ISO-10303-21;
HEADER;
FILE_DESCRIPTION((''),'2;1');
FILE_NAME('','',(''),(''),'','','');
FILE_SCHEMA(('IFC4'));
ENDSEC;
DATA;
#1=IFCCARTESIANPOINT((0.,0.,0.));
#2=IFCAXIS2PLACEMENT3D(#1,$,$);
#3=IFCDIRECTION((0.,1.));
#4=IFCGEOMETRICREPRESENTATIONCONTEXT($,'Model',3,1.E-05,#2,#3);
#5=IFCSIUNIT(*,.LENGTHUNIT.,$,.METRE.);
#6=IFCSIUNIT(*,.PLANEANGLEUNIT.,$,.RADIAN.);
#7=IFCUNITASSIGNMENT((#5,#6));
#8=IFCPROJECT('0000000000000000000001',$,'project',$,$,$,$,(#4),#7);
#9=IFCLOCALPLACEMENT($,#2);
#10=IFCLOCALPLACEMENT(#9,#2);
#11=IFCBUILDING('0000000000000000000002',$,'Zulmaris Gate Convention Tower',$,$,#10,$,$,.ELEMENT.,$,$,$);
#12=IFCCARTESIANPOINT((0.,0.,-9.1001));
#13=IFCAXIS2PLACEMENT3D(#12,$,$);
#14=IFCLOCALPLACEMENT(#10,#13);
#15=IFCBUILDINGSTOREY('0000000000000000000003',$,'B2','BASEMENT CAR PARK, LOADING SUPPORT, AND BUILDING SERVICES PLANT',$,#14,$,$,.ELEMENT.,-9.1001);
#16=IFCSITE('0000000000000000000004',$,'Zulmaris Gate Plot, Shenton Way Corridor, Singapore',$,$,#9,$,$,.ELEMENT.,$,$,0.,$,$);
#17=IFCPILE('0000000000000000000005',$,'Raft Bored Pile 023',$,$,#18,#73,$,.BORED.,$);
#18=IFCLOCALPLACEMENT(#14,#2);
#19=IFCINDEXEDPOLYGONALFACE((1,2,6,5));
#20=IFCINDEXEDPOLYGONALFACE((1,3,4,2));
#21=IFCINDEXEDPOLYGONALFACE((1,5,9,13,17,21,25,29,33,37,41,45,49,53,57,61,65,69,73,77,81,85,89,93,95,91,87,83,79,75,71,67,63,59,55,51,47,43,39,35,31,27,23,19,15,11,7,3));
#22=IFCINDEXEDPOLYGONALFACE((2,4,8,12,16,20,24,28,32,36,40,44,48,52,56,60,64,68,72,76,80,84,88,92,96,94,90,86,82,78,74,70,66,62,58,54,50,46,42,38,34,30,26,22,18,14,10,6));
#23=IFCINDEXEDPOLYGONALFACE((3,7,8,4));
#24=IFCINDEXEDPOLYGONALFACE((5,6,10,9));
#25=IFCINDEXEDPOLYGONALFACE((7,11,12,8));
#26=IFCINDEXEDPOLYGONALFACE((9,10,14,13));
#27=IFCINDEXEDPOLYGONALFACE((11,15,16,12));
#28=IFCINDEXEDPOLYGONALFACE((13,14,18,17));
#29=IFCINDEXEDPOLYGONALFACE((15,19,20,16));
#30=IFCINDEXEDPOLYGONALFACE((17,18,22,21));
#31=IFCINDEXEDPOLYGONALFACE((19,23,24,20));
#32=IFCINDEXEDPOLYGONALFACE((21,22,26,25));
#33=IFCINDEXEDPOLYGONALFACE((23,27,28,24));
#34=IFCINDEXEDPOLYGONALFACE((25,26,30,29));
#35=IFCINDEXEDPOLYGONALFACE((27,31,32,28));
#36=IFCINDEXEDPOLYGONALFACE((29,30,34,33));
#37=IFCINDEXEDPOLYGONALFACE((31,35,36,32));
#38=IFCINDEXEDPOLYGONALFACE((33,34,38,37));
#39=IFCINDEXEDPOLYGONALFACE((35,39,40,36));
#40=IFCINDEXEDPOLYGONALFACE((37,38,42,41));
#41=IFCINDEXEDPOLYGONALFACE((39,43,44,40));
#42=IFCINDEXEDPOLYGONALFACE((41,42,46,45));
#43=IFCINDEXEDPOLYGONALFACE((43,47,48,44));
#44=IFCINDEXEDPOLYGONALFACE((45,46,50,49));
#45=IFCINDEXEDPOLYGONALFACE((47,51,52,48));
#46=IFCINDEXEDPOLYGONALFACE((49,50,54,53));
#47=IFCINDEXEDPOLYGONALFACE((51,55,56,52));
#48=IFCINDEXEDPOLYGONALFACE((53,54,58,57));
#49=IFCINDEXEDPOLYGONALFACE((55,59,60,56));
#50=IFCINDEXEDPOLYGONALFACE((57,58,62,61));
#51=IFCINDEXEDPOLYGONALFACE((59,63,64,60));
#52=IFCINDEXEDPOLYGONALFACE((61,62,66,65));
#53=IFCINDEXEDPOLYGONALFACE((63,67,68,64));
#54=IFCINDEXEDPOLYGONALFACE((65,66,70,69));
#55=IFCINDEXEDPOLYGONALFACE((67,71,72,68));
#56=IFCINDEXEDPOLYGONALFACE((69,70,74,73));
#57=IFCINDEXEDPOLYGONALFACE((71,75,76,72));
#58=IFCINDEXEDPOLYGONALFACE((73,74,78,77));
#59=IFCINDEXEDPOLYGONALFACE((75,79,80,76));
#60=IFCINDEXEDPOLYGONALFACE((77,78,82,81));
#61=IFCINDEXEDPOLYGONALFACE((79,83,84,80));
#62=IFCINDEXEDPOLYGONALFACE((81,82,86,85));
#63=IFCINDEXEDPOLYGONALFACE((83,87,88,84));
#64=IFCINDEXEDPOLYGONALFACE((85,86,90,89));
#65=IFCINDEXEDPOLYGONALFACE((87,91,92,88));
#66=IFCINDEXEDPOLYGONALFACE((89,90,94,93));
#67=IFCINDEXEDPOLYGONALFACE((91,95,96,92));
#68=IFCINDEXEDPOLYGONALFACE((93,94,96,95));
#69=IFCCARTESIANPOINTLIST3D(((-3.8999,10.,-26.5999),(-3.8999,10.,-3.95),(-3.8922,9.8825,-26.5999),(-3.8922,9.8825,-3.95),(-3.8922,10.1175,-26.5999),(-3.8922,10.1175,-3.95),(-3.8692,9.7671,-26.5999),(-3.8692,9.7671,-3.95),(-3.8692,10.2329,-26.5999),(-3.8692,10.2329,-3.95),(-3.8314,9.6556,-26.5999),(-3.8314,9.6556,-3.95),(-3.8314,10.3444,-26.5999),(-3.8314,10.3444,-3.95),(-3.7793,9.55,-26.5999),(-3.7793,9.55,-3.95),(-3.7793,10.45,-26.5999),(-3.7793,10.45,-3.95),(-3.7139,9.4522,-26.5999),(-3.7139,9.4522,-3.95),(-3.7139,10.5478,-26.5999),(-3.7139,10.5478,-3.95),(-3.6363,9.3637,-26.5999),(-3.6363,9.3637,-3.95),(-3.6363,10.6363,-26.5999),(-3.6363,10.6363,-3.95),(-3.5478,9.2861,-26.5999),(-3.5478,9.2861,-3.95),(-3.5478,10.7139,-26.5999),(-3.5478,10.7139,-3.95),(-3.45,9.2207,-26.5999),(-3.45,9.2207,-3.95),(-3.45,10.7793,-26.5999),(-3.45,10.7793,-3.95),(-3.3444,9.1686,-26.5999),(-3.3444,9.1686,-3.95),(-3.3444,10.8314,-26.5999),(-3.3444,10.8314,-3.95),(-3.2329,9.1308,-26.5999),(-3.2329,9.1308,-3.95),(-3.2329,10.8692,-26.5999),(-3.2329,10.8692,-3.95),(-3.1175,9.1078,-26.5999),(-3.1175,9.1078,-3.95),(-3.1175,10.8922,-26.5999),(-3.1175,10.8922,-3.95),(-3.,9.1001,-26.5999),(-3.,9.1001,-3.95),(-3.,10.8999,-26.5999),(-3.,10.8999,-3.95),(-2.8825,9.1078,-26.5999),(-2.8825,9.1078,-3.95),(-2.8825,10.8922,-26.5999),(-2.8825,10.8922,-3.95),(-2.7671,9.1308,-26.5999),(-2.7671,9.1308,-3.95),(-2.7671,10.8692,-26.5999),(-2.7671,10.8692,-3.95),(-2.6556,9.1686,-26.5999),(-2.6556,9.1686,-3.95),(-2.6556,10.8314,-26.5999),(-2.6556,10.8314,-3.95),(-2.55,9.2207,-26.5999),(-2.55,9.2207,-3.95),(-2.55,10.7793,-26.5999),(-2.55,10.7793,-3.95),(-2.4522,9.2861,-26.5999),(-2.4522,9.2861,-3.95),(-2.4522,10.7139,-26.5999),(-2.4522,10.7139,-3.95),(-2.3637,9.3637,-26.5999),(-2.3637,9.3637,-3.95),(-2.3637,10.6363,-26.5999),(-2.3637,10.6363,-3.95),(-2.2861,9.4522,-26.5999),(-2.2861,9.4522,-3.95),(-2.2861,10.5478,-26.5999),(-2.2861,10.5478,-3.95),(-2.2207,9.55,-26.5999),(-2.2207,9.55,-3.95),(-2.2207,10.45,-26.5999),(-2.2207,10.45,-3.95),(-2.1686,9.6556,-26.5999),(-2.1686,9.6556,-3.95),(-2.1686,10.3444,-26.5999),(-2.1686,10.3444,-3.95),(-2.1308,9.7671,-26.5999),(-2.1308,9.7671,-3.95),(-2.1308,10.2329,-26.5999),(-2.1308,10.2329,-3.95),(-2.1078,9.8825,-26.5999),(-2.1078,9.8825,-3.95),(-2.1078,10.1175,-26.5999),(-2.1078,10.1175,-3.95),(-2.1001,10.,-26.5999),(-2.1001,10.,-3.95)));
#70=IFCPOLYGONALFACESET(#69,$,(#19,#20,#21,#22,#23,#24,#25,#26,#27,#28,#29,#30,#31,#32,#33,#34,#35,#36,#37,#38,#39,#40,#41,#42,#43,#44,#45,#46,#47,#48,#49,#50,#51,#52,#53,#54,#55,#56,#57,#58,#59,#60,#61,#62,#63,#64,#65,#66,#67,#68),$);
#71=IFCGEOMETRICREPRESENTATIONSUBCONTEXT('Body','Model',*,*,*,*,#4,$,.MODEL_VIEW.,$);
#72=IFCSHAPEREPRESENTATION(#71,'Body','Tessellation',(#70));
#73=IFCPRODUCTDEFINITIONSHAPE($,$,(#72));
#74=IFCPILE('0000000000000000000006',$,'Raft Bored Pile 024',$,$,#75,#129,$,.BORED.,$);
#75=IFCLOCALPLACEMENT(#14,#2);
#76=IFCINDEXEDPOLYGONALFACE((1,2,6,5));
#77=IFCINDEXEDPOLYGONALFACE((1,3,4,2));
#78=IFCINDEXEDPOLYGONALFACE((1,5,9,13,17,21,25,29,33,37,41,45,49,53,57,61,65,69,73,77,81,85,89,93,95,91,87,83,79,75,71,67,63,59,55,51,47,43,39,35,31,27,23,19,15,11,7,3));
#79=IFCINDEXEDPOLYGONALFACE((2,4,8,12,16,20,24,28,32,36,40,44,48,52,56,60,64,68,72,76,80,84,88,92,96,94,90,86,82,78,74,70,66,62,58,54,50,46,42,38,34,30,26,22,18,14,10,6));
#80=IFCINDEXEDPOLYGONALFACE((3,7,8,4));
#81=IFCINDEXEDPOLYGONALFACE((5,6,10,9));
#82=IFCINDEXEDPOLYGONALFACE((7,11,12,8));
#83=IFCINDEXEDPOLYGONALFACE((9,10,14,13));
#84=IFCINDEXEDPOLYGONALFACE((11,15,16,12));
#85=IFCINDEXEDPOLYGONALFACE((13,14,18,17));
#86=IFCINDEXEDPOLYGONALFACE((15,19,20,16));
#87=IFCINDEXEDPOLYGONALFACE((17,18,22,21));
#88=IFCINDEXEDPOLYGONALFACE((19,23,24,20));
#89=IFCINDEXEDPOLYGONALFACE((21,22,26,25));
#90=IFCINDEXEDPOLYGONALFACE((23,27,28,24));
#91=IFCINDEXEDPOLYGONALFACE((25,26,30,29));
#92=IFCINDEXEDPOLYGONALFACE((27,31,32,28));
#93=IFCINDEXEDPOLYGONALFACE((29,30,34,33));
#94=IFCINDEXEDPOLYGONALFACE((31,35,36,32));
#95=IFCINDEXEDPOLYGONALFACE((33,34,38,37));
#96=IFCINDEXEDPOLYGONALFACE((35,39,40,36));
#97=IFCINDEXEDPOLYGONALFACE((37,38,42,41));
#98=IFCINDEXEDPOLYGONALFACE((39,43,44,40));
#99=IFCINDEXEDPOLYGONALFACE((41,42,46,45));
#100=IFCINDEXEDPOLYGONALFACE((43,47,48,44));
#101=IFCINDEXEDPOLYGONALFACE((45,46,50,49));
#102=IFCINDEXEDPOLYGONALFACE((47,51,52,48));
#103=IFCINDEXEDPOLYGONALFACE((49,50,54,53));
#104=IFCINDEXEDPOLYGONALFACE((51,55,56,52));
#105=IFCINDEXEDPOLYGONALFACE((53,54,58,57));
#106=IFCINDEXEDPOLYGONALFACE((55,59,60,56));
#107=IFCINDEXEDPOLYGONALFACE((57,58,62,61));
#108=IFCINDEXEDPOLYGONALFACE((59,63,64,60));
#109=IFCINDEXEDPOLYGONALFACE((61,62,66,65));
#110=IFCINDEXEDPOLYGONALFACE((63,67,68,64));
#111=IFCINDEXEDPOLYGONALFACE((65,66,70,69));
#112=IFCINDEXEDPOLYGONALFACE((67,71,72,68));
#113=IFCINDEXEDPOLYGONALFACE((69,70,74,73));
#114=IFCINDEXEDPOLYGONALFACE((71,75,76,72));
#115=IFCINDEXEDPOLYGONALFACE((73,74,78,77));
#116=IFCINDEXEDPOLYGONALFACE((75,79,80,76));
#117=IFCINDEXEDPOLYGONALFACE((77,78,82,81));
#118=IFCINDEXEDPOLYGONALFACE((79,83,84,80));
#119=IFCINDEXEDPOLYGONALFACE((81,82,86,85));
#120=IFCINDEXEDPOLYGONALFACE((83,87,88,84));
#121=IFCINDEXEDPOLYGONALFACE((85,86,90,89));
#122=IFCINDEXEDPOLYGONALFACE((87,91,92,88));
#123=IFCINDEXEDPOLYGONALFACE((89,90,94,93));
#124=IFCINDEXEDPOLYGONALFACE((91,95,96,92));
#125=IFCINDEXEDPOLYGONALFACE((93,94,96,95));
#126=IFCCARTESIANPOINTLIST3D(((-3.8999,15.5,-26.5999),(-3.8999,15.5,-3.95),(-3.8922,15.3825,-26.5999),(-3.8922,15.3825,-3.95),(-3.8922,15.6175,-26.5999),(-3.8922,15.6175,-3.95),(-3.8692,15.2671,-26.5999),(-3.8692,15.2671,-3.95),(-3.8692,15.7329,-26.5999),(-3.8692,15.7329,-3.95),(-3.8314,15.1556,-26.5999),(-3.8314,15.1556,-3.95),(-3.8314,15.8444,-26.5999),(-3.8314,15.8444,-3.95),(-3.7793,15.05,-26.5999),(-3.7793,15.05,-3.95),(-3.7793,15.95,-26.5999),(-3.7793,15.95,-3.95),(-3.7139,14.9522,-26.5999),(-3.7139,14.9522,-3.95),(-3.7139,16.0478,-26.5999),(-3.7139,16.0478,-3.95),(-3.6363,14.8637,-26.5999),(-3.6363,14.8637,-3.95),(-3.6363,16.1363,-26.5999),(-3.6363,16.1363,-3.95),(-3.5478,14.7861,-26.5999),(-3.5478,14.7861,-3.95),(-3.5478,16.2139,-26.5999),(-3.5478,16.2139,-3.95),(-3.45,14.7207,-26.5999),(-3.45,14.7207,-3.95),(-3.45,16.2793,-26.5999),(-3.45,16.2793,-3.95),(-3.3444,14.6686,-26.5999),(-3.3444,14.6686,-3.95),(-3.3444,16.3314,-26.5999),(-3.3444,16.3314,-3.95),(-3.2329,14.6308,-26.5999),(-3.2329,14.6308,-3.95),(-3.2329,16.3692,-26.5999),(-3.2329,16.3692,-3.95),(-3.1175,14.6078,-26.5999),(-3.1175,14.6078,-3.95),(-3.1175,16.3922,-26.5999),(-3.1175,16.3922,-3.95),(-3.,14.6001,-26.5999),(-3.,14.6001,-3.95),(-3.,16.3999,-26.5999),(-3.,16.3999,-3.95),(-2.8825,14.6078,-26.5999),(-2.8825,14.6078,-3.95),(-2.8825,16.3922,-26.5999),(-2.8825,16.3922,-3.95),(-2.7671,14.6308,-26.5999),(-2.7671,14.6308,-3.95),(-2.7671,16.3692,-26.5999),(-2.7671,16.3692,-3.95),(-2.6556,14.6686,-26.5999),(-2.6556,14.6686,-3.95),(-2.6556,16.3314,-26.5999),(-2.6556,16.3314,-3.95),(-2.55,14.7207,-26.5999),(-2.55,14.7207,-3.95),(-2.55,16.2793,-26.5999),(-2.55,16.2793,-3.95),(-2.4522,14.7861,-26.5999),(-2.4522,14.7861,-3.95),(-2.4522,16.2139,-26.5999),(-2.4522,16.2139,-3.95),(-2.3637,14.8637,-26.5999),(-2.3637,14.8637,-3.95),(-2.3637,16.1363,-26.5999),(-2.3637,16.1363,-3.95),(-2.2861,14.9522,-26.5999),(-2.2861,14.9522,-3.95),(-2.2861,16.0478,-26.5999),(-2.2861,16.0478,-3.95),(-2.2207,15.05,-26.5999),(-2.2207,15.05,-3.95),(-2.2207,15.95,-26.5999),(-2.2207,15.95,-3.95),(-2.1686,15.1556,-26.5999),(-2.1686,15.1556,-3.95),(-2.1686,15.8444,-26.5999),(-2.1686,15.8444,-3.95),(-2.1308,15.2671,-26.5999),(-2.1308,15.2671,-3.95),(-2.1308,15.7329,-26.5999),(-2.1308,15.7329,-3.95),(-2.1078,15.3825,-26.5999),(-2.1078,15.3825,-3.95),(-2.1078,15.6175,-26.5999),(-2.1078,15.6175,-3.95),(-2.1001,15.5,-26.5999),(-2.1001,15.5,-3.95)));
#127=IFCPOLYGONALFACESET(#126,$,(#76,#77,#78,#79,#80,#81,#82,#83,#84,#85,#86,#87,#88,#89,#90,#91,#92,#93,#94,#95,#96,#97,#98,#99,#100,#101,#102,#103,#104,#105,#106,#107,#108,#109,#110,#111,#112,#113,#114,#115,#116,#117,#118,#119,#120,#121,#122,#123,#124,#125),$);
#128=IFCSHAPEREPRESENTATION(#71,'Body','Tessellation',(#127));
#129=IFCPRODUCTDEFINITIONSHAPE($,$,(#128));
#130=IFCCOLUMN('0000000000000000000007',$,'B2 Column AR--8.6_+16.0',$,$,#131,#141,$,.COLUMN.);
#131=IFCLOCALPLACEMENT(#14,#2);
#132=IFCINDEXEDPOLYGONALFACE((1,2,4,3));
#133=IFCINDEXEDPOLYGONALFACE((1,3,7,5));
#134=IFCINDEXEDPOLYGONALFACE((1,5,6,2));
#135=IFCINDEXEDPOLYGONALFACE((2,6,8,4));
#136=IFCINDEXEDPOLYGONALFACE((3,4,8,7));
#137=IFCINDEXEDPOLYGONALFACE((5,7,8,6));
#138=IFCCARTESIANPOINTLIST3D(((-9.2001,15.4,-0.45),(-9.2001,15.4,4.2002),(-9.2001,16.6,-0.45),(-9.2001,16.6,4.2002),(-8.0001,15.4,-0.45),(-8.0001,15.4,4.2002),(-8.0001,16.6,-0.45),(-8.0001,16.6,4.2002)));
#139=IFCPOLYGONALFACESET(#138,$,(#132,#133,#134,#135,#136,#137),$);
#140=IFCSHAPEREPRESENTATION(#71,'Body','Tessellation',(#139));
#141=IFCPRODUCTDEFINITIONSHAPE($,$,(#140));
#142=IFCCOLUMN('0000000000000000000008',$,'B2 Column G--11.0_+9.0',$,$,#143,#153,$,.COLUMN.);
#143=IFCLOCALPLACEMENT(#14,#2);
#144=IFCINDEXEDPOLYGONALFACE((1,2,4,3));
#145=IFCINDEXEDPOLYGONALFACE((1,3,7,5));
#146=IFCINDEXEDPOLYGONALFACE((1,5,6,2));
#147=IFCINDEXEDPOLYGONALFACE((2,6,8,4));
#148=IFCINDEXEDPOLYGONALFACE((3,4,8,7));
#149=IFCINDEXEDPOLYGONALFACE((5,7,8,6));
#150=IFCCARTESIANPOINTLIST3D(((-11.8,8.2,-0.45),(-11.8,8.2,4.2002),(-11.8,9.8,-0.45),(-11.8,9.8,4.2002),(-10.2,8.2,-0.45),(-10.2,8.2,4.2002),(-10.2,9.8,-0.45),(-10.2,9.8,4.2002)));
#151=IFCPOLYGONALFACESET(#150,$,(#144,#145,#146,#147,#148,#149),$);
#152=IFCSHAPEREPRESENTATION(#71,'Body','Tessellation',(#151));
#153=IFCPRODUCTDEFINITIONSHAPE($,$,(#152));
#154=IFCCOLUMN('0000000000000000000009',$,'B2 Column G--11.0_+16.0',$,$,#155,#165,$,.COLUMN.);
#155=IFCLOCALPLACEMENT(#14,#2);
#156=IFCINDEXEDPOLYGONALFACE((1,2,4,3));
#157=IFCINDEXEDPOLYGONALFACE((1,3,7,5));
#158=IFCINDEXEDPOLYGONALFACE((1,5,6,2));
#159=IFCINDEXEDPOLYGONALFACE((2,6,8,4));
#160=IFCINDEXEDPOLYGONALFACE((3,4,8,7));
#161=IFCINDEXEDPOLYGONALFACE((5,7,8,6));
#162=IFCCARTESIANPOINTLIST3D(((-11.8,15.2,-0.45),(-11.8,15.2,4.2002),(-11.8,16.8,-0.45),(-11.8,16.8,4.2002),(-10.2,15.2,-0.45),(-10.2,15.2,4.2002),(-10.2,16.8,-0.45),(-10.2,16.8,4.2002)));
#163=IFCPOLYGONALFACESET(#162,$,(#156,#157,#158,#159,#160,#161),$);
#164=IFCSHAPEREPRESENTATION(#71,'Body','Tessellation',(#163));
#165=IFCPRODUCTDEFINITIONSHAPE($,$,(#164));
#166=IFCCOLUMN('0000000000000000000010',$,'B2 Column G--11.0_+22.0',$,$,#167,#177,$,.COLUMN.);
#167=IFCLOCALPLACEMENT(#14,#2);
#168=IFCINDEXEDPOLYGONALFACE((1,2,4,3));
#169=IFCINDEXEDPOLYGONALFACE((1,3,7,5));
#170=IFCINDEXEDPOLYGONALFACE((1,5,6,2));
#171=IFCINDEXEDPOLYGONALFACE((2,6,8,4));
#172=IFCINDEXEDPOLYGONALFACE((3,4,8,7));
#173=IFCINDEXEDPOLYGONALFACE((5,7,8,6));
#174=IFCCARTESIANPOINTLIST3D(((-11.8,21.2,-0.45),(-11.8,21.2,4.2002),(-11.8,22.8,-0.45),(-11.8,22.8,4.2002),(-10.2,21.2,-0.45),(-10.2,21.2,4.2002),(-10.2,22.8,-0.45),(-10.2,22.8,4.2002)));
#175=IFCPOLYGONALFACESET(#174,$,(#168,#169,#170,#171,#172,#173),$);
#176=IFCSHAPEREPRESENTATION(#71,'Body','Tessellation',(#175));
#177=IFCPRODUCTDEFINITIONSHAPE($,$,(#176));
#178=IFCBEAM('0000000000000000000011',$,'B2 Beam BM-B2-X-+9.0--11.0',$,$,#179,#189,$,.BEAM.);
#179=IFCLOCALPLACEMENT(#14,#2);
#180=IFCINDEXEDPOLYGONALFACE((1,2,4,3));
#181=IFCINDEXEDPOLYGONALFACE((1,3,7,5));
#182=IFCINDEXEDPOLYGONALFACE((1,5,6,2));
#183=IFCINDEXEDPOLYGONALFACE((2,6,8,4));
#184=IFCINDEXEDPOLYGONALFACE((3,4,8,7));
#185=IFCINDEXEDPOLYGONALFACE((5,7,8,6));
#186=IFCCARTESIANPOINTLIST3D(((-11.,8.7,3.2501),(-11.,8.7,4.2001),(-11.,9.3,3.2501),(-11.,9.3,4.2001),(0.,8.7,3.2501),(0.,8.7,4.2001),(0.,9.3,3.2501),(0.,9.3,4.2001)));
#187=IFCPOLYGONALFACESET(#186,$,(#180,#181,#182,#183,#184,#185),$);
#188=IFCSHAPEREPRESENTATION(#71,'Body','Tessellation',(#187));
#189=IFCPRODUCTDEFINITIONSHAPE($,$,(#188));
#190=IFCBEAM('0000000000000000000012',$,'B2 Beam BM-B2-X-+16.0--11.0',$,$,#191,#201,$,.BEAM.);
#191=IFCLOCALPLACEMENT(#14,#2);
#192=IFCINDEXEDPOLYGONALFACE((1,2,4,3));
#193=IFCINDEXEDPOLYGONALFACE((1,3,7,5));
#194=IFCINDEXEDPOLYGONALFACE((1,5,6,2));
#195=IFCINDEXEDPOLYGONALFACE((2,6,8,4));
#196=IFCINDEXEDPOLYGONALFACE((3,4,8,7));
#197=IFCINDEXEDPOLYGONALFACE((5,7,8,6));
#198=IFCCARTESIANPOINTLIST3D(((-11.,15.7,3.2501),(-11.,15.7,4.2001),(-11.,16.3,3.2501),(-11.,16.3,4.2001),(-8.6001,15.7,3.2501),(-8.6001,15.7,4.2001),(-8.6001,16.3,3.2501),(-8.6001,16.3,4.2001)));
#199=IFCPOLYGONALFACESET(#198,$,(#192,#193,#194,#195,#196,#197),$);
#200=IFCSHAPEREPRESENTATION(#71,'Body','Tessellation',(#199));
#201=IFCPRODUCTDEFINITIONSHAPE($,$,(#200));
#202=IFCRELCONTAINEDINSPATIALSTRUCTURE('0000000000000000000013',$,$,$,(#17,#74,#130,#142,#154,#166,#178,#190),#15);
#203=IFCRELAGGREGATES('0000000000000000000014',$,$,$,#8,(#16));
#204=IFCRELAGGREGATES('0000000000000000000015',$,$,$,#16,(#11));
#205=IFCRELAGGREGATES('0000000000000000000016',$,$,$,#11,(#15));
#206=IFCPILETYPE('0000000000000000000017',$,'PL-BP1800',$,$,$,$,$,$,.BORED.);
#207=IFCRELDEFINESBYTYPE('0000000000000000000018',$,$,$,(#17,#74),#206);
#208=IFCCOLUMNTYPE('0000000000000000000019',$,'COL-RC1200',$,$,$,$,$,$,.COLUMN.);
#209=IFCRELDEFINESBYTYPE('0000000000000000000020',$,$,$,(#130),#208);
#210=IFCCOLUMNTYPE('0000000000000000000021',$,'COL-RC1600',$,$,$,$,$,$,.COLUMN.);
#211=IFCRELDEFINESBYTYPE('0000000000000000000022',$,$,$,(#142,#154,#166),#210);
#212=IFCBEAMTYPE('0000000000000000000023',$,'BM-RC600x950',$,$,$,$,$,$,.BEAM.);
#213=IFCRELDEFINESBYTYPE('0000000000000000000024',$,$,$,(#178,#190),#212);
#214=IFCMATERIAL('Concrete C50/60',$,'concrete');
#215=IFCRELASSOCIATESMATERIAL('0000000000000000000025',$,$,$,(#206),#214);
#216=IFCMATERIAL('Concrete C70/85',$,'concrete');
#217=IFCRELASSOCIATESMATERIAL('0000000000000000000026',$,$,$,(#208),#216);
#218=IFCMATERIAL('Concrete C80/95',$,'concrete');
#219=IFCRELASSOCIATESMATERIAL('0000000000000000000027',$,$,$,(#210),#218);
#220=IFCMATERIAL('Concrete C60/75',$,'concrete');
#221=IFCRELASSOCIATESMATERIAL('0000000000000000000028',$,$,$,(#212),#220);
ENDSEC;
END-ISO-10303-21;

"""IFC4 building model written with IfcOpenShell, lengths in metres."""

from ifc_helpers import new_model, si_unit, direction, frame, origin, origin_2d, place, context, subcontext, project, spatial, rectangle, circle, extrude, material, material_profile, profile_set, type_object, element, save


model = new_model("IFC4")

# Units and contexts
model_context = context("Model", 3, precision=1e-05, world=origin(), true_north=direction((0.0, 1.0)))
body_context = subcontext(model_context, "Body", "Model", "MODEL_VIEW")
ifc_project = project(units=[si_unit("LENGTHUNIT", "METRE"), si_unit("PLANEANGLEUNIT", "RADIAN")], contexts=[model_context])

# Site, building, storey
site_placement = place(None, origin())
site = spatial("IfcSite", under=ifc_project, at=site_placement, Name="Zulmaris Gate Plot, Shenton Way Corridor, Singapore", CompositionType="ELEMENT", RefElevation=0.0)
building_placement = place(site_placement, origin())
building = spatial("IfcBuilding", under=site, at=building_placement, Name="Zulmaris Gate Convention Tower", CompositionType="ELEMENT")
storey_placement = place(building_placement, frame((0.0, 0.0, -9.1001)))
storey = spatial("IfcBuildingStorey", under=building, at=storey_placement, Name="B2", Description="BASEMENT CAR PARK, LOADING SUPPORT, AND BUILDING SERVICES PLANT", CompositionType="ELEMENT", Elevation=-9.1001)

# Shared definitions
ifc_material_1 = material(Name="Concrete C50/60", Category="concrete")

# Piles
ifc_material_profile_1 = material_profile(ifc_material_1, circle(Radius=0.8999, at=origin_2d()), Name="BORED PILE 1800")
ifc_profile_set_1 = profile_set([ifc_material_profile_1], Name="Concrete C50/60")
pile_type = type_object("IfcPileType", Name="PL-BP1800", PredefinedType="BORED", material=ifc_profile_set_1)
for number, where, z_axis, x_axis, name in (
    (1, (-3.0, 10.0, -3.95), (0.0, 0.0, -1.0), (1.0, 0.0, 0.0), "Raft Bored Pile 023"),
    (2, (-3.0, 15.5, -3.95), (0.0, 0.0, -1.0), (1.0, 0.0, 0.0), "Raft Bored Pile 024"),
):
    element("IfcPile", number, at=place(storey_placement, frame(where, z_axis=z_axis, x_axis=x_axis)), inside=storey, type_object=pile_type, Name=name, PredefinedType="BORED", context=body_context, shape_type="SweptSolid", body=[
        extrude(circle(Radius=0.8999, at=origin_2d()), origin(), (0.0, 0.0, 1.0), 22.6499),
    ])

# Columns
ifc_material_2 = material(Name="Concrete C70/85", Category="concrete")
ifc_material_profile_2 = material_profile(ifc_material_2, rectangle(XDim=1.2, YDim=1.2, at=origin_2d()), Name="RC COL 1200x1200")
ifc_profile_set_2 = profile_set([ifc_material_profile_2], Name="Concrete C70/85")
column_type_1 = type_object("IfcColumnType", Name="COL-RC1200", PredefinedType="COLUMN", material=ifc_profile_set_2)
column_placement = place(storey_placement, frame((-8.6001, 16.0, -0.45), z_axis=(0.0, 0.0, 1.0), x_axis=(1.0, 0.0, 0.0)))
element("IfcColumn", 3, at=column_placement, inside=storey, type_object=column_type_1, Name="B2 Column AR--8.6_+16.0", PredefinedType="COLUMN", context=body_context, shape_type="SweptSolid", body=[
    extrude(rectangle(XDim=1.2, YDim=1.2, at=origin_2d()), origin(), (0.0, 0.0, 1.0), 4.6501),
])
ifc_material_3 = material(Name="Concrete C80/95", Category="concrete")
ifc_material_profile_3 = material_profile(ifc_material_3, rectangle(XDim=1.6001, YDim=1.6001, at=origin_2d()), Name="RC COL 1600x1600")
ifc_profile_set_3 = profile_set([ifc_material_profile_3], Name="Concrete C80/95")
column_type_2 = type_object("IfcColumnType", Name="COL-RC1600", PredefinedType="COLUMN", material=ifc_profile_set_3)
for number, where, z_axis, x_axis, name in (
    (4, (-11.0, 9.0, -0.45), (0.0, 0.0, 1.0), (1.0, 0.0, 0.0), "B2 Column G--11.0_+9.0"),
    (5, (-11.0, 16.0, -0.45), (0.0, 0.0, 1.0), (1.0, 0.0, 0.0), "B2 Column G--11.0_+16.0"),
    (6, (-11.0, 22.0, -0.45), (0.0, 0.0, 1.0), (1.0, 0.0, 0.0), "B2 Column G--11.0_+22.0"),
):
    element("IfcColumn", number, at=place(storey_placement, frame(where, z_axis=z_axis, x_axis=x_axis)), inside=storey, type_object=column_type_2, Name=name, PredefinedType="COLUMN", context=body_context, shape_type="SweptSolid", body=[
        extrude(rectangle(XDim=1.6001, YDim=1.6001, at=origin_2d()), origin(), (0.0, 0.0, 1.0), 4.6501),
    ])

# Beams
ifc_material_4 = material(Name="Concrete C60/75", Category="concrete")
ifc_material_profile_4 = material_profile(ifc_material_4, rectangle(XDim=0.6001, YDim=0.95, at=origin_2d()), Name="RC BEAM 600x950")
ifc_profile_set_4 = profile_set([ifc_material_profile_4], Name="Concrete C60/75")
beam_type_1 = type_object("IfcBeamType", Name="BM-RC600x950", PredefinedType="BEAM", material=ifc_profile_set_4)
beam_1_placement = place(storey_placement, frame((-11.0, 9.0, 3.7251), z_axis=(1.0, 0.0, 0.0), x_axis=(0.0, 1.0, 0.0)))
element("IfcBeam", 7, at=beam_1_placement, inside=storey, type_object=beam_type_1, Name="B2 Beam BM-B2-X-+9.0--11.0", PredefinedType="BEAM", context=body_context, shape_type="SweptSolid", body=[
    extrude(rectangle(XDim=0.6001, YDim=0.95, at=origin_2d()), origin(), (0.0, 0.0, 1.0), 11.0),
])
beam_2_placement = place(storey_placement, frame((-11.0, 16.0, 3.7251), z_axis=(1.0, 0.0, 0.0), x_axis=(0.0, 1.0, 0.0)))
element("IfcBeam", 8, at=beam_2_placement, inside=storey, type_object=beam_type_1, Name="B2 Beam BM-B2-X-+16.0--11.0", PredefinedType="BEAM", context=body_context, shape_type="SweptSolid", body=[
    extrude(rectangle(XDim=0.6001, YDim=0.95, at=origin_2d()), origin(), (0.0, 0.0, 1.0), 2.3999),
])

save(model, "model.ifc")
